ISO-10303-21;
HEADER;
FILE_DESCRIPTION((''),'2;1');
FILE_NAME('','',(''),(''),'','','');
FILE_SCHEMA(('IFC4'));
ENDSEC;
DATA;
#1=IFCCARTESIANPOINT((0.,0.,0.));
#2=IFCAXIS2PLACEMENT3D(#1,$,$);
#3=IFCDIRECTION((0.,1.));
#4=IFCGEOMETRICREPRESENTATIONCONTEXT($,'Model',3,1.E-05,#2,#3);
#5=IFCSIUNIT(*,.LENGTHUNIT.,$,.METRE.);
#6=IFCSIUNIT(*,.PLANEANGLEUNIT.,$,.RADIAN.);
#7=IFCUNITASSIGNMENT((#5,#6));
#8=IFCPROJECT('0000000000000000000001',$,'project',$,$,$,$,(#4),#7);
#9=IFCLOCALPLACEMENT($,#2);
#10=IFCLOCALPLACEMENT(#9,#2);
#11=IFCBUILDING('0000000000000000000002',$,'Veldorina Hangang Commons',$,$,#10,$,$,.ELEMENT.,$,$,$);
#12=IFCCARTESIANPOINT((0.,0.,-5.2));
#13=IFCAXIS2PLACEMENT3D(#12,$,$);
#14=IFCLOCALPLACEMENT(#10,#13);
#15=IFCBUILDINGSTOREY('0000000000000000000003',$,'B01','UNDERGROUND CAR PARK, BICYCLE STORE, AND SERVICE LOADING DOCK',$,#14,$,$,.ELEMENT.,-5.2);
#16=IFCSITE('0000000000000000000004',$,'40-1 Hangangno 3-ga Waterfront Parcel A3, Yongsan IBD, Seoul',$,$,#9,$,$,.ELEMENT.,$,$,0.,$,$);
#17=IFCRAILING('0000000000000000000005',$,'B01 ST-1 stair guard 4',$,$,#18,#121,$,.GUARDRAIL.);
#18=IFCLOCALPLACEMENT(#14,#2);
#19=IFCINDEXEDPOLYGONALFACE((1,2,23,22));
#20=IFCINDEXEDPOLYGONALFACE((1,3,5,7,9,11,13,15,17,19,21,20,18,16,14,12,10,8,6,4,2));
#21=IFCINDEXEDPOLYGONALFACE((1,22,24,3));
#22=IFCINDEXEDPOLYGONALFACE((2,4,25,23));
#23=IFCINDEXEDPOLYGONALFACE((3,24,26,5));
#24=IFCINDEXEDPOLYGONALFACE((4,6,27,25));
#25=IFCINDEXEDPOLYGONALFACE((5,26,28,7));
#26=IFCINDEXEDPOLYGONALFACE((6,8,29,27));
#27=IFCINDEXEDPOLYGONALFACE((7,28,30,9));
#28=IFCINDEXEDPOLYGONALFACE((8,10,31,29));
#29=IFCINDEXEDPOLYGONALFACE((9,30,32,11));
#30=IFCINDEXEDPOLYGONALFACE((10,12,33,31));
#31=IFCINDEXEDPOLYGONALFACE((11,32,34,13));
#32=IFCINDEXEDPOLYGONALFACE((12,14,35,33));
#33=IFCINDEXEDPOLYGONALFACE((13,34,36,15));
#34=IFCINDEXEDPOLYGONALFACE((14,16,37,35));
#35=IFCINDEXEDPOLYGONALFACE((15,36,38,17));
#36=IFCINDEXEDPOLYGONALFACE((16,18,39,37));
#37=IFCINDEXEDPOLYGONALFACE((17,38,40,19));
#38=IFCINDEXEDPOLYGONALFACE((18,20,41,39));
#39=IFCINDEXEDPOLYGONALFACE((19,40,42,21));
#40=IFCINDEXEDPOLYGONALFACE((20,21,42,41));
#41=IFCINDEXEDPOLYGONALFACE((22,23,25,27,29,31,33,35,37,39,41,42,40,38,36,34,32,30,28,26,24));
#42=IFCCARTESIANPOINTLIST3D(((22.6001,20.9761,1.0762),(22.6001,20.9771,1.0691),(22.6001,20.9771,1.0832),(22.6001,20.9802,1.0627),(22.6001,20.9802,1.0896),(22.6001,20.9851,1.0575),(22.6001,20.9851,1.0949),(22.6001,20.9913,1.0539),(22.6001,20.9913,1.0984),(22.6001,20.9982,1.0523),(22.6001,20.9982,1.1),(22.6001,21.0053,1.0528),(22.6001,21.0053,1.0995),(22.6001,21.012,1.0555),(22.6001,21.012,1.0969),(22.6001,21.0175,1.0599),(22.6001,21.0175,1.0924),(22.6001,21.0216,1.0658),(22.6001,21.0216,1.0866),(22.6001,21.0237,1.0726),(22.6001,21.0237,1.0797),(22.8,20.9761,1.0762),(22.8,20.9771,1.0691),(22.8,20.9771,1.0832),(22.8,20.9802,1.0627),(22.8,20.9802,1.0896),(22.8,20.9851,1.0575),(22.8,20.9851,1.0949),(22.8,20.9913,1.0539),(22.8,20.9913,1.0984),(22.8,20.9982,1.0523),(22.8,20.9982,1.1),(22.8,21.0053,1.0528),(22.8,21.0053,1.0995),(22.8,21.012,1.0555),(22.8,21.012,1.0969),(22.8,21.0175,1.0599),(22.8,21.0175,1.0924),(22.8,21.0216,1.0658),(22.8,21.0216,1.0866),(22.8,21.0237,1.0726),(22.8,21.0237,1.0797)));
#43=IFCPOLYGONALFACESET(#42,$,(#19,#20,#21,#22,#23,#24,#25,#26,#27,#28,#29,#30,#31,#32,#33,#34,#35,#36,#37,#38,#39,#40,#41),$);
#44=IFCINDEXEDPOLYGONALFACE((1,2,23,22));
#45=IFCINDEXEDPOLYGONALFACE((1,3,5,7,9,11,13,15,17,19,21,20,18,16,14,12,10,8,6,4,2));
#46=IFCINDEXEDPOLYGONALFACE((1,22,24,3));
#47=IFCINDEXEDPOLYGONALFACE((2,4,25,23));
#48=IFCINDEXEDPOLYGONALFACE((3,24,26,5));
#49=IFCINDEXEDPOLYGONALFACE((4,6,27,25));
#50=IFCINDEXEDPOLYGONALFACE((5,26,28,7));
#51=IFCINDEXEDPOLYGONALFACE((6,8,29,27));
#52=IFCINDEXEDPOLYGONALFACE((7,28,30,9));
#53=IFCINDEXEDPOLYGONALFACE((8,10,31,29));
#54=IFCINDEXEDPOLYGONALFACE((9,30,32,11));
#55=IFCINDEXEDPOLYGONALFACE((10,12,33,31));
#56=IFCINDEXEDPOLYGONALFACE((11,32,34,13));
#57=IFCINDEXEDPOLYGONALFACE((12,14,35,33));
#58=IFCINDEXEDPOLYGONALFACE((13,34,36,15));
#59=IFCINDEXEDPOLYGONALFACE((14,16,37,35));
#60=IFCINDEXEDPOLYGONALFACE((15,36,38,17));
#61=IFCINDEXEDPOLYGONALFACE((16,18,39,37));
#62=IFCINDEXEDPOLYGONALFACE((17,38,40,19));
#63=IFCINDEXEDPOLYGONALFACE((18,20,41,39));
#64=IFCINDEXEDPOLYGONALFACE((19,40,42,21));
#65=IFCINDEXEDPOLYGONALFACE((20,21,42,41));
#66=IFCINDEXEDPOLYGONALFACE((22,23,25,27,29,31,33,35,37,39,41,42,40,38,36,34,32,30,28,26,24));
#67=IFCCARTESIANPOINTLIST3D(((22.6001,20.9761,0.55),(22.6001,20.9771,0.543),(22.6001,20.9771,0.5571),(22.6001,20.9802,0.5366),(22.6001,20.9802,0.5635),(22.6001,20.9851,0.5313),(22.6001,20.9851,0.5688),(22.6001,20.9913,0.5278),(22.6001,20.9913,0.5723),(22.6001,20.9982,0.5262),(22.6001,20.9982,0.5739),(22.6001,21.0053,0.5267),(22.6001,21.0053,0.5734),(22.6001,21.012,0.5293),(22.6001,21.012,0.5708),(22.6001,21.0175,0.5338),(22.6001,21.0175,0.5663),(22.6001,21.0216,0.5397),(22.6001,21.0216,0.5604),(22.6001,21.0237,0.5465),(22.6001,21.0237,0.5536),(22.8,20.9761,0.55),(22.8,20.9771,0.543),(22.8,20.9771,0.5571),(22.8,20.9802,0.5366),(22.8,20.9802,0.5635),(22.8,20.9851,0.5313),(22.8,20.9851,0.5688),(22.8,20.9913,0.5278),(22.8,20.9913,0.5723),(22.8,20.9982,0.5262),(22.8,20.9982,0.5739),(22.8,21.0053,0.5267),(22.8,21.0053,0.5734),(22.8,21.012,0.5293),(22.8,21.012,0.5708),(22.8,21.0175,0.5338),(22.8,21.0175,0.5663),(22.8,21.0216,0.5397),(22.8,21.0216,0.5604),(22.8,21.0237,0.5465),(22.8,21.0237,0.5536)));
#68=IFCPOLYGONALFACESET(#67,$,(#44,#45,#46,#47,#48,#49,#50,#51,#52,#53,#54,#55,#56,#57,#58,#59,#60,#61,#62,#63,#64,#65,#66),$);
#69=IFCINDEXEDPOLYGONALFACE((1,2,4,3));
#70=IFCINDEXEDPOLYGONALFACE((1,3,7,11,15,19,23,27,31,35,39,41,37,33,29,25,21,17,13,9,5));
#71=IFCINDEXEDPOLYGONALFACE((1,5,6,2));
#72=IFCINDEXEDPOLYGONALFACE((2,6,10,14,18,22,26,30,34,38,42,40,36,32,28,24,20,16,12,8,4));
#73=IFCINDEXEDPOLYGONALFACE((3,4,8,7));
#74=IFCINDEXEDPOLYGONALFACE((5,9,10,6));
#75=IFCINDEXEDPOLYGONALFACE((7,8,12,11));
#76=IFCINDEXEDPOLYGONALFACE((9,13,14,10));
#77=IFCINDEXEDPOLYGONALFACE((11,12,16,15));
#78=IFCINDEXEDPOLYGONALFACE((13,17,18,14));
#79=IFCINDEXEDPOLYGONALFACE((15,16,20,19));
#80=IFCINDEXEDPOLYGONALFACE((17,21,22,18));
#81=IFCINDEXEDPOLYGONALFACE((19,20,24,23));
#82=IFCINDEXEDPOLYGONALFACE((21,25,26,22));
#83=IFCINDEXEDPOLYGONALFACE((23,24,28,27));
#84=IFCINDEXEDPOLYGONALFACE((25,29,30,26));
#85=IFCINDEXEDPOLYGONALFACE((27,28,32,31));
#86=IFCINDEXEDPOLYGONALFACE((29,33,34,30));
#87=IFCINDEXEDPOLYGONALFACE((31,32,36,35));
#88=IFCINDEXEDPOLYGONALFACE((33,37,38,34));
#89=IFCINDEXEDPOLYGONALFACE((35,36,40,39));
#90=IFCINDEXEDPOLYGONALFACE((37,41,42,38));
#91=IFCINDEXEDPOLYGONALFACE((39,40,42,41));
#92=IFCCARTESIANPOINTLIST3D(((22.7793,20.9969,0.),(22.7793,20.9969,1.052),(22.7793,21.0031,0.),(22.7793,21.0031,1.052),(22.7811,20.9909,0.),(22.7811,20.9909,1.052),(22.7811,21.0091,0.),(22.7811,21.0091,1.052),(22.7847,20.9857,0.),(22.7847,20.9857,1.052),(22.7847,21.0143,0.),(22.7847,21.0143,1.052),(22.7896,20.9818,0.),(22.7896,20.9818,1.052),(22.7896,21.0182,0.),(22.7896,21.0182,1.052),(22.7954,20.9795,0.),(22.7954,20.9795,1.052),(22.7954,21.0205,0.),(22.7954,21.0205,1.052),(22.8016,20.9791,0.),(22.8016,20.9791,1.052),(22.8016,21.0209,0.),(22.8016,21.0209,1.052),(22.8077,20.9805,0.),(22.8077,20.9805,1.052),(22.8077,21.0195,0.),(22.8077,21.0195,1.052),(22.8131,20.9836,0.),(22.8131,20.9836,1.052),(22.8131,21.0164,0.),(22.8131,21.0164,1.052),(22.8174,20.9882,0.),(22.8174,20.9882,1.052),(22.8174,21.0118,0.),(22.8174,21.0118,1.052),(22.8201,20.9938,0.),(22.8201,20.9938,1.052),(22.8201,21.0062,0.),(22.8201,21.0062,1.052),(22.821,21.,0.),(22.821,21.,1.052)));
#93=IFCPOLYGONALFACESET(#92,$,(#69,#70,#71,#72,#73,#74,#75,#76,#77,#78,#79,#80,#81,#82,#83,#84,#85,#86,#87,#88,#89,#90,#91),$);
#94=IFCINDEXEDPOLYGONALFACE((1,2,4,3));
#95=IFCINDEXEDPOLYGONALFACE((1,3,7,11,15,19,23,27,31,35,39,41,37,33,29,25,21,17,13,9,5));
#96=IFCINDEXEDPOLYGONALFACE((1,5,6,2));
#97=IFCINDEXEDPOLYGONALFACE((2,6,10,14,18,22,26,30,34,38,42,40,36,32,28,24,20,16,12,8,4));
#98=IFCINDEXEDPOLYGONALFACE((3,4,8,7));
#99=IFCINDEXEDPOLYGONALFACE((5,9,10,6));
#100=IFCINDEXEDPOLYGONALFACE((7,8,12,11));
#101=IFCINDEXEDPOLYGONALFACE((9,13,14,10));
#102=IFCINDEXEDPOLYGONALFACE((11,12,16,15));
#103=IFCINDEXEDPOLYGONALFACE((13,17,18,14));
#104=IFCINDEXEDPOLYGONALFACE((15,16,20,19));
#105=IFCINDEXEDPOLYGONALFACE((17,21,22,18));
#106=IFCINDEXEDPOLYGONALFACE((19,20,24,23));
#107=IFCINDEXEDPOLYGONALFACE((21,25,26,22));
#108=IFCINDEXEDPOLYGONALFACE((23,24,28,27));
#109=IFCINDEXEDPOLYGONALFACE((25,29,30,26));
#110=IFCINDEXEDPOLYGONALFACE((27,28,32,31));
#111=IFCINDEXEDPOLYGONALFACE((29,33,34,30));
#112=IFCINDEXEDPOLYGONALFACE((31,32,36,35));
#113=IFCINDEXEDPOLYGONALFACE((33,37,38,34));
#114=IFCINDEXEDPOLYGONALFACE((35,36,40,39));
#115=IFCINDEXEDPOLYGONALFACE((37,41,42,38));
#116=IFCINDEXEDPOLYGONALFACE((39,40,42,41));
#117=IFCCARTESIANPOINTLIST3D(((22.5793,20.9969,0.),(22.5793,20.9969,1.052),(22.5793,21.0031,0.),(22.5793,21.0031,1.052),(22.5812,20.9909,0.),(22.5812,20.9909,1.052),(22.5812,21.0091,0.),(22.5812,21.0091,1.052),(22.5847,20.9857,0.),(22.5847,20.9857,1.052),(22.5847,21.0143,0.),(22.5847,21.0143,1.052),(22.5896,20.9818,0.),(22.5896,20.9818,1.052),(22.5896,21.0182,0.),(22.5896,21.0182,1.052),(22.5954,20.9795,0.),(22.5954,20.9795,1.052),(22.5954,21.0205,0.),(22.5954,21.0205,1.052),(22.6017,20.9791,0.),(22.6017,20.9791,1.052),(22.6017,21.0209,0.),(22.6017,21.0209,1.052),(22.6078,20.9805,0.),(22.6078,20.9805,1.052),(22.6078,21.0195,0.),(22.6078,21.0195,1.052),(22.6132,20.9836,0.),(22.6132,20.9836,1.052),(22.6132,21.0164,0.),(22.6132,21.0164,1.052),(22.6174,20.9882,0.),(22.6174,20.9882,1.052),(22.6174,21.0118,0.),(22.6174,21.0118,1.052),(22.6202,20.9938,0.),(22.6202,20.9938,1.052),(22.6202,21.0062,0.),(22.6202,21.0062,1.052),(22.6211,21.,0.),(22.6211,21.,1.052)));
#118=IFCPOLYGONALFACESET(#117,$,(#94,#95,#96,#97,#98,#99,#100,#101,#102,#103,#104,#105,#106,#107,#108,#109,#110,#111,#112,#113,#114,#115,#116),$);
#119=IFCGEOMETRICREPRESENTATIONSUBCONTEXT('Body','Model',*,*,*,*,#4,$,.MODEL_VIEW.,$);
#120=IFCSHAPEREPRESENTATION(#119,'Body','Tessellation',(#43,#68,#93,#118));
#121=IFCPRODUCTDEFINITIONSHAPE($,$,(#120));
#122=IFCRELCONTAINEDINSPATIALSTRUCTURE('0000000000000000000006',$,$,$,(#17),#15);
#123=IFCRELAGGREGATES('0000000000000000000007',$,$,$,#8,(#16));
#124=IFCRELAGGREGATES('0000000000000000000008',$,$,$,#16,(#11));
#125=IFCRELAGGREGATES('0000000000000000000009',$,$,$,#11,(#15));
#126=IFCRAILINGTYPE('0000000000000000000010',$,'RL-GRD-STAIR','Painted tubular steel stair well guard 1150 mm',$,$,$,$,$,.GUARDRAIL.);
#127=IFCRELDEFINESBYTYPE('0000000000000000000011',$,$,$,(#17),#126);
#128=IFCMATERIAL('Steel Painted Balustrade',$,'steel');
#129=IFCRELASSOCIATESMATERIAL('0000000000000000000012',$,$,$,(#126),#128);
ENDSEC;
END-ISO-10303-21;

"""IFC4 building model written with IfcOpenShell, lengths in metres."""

from ifc_helpers import new_model, si_unit, direction, frame, origin, origin_2d, place, context, subcontext, project, spatial, circle, extrude, material, type_object, element, save


model = new_model("IFC4")

# Units and contexts
model_context = context("Model", 3, precision=1e-05, world=origin(), true_north=direction((0.0, 1.0)))
body_context = subcontext(model_context, "Body", "Model", "MODEL_VIEW")
ifc_project = project(units=[si_unit("LENGTHUNIT", "METRE"), si_unit("PLANEANGLEUNIT", "RADIAN")], contexts=[model_context])

# Site, building, storey
site_placement = place(None, origin())
site = spatial("IfcSite", under=ifc_project, at=site_placement, Name="40-1 Hangangno 3-ga Waterfront Parcel A3, Yongsan IBD, Seoul", CompositionType="ELEMENT", RefElevation=0.0)
building_placement = place(site_placement, origin())
building = spatial("IfcBuilding", under=site, at=building_placement, Name="Veldorina Hangang Commons", CompositionType="ELEMENT")
storey_placement = place(building_placement, frame((0.0, 0.0, -5.2)))
storey = spatial("IfcBuildingStorey", under=building, at=storey_placement, Name="B01", Description="UNDERGROUND CAR PARK, BICYCLE STORE, AND SERVICE LOADING DOCK", CompositionType="ELEMENT", Elevation=-5.2)

# Railing
ifc_material_1 = material(Name="Steel Painted Balustrade", Category="steel")
railing_type_1 = type_object("IfcRailingType", Name="RL-GRD-STAIR", Description="Painted tubular steel stair well guard 1150 mm", PredefinedType="GUARDRAIL", material=ifc_material_1)
railing_1_placement = place(storey_placement, frame((22.8, 21.0, 0.0)))
element("IfcRailing", 1, at=railing_1_placement, inside=storey, type_object=railing_type_1, Name="B01 ST-1 stair guard 4", PredefinedType="GUARDRAIL", context=body_context, shape_type="SweptSolid", body=[
    extrude(circle(Radius=0.0239, at=origin_2d()), frame((0.0, 0.0, 1.0762), z_axis=(-1.0, 0.0, 0.0), x_axis=(0.0, -1.0, 0.0)), (0.0, 0.0, 1.0), 0.2),
    extrude(circle(Radius=0.0239, at=origin_2d()), frame((0.0, 0.0, 0.55), z_axis=(-1.0, 0.0, 0.0), x_axis=(0.0, -1.0, 0.0)), (0.0, 0.0, 1.0), 0.2),
    extrude(circle(Radius=0.021, at=origin_2d()), origin(), (0.0, 0.0, 1.0), 1.052),
    extrude(circle(Radius=0.021, at=origin_2d()), frame((-0.2, 0.0, 0.0)), (0.0, 0.0, 1.0), 1.052),
])

save(model, "model.ifc")
